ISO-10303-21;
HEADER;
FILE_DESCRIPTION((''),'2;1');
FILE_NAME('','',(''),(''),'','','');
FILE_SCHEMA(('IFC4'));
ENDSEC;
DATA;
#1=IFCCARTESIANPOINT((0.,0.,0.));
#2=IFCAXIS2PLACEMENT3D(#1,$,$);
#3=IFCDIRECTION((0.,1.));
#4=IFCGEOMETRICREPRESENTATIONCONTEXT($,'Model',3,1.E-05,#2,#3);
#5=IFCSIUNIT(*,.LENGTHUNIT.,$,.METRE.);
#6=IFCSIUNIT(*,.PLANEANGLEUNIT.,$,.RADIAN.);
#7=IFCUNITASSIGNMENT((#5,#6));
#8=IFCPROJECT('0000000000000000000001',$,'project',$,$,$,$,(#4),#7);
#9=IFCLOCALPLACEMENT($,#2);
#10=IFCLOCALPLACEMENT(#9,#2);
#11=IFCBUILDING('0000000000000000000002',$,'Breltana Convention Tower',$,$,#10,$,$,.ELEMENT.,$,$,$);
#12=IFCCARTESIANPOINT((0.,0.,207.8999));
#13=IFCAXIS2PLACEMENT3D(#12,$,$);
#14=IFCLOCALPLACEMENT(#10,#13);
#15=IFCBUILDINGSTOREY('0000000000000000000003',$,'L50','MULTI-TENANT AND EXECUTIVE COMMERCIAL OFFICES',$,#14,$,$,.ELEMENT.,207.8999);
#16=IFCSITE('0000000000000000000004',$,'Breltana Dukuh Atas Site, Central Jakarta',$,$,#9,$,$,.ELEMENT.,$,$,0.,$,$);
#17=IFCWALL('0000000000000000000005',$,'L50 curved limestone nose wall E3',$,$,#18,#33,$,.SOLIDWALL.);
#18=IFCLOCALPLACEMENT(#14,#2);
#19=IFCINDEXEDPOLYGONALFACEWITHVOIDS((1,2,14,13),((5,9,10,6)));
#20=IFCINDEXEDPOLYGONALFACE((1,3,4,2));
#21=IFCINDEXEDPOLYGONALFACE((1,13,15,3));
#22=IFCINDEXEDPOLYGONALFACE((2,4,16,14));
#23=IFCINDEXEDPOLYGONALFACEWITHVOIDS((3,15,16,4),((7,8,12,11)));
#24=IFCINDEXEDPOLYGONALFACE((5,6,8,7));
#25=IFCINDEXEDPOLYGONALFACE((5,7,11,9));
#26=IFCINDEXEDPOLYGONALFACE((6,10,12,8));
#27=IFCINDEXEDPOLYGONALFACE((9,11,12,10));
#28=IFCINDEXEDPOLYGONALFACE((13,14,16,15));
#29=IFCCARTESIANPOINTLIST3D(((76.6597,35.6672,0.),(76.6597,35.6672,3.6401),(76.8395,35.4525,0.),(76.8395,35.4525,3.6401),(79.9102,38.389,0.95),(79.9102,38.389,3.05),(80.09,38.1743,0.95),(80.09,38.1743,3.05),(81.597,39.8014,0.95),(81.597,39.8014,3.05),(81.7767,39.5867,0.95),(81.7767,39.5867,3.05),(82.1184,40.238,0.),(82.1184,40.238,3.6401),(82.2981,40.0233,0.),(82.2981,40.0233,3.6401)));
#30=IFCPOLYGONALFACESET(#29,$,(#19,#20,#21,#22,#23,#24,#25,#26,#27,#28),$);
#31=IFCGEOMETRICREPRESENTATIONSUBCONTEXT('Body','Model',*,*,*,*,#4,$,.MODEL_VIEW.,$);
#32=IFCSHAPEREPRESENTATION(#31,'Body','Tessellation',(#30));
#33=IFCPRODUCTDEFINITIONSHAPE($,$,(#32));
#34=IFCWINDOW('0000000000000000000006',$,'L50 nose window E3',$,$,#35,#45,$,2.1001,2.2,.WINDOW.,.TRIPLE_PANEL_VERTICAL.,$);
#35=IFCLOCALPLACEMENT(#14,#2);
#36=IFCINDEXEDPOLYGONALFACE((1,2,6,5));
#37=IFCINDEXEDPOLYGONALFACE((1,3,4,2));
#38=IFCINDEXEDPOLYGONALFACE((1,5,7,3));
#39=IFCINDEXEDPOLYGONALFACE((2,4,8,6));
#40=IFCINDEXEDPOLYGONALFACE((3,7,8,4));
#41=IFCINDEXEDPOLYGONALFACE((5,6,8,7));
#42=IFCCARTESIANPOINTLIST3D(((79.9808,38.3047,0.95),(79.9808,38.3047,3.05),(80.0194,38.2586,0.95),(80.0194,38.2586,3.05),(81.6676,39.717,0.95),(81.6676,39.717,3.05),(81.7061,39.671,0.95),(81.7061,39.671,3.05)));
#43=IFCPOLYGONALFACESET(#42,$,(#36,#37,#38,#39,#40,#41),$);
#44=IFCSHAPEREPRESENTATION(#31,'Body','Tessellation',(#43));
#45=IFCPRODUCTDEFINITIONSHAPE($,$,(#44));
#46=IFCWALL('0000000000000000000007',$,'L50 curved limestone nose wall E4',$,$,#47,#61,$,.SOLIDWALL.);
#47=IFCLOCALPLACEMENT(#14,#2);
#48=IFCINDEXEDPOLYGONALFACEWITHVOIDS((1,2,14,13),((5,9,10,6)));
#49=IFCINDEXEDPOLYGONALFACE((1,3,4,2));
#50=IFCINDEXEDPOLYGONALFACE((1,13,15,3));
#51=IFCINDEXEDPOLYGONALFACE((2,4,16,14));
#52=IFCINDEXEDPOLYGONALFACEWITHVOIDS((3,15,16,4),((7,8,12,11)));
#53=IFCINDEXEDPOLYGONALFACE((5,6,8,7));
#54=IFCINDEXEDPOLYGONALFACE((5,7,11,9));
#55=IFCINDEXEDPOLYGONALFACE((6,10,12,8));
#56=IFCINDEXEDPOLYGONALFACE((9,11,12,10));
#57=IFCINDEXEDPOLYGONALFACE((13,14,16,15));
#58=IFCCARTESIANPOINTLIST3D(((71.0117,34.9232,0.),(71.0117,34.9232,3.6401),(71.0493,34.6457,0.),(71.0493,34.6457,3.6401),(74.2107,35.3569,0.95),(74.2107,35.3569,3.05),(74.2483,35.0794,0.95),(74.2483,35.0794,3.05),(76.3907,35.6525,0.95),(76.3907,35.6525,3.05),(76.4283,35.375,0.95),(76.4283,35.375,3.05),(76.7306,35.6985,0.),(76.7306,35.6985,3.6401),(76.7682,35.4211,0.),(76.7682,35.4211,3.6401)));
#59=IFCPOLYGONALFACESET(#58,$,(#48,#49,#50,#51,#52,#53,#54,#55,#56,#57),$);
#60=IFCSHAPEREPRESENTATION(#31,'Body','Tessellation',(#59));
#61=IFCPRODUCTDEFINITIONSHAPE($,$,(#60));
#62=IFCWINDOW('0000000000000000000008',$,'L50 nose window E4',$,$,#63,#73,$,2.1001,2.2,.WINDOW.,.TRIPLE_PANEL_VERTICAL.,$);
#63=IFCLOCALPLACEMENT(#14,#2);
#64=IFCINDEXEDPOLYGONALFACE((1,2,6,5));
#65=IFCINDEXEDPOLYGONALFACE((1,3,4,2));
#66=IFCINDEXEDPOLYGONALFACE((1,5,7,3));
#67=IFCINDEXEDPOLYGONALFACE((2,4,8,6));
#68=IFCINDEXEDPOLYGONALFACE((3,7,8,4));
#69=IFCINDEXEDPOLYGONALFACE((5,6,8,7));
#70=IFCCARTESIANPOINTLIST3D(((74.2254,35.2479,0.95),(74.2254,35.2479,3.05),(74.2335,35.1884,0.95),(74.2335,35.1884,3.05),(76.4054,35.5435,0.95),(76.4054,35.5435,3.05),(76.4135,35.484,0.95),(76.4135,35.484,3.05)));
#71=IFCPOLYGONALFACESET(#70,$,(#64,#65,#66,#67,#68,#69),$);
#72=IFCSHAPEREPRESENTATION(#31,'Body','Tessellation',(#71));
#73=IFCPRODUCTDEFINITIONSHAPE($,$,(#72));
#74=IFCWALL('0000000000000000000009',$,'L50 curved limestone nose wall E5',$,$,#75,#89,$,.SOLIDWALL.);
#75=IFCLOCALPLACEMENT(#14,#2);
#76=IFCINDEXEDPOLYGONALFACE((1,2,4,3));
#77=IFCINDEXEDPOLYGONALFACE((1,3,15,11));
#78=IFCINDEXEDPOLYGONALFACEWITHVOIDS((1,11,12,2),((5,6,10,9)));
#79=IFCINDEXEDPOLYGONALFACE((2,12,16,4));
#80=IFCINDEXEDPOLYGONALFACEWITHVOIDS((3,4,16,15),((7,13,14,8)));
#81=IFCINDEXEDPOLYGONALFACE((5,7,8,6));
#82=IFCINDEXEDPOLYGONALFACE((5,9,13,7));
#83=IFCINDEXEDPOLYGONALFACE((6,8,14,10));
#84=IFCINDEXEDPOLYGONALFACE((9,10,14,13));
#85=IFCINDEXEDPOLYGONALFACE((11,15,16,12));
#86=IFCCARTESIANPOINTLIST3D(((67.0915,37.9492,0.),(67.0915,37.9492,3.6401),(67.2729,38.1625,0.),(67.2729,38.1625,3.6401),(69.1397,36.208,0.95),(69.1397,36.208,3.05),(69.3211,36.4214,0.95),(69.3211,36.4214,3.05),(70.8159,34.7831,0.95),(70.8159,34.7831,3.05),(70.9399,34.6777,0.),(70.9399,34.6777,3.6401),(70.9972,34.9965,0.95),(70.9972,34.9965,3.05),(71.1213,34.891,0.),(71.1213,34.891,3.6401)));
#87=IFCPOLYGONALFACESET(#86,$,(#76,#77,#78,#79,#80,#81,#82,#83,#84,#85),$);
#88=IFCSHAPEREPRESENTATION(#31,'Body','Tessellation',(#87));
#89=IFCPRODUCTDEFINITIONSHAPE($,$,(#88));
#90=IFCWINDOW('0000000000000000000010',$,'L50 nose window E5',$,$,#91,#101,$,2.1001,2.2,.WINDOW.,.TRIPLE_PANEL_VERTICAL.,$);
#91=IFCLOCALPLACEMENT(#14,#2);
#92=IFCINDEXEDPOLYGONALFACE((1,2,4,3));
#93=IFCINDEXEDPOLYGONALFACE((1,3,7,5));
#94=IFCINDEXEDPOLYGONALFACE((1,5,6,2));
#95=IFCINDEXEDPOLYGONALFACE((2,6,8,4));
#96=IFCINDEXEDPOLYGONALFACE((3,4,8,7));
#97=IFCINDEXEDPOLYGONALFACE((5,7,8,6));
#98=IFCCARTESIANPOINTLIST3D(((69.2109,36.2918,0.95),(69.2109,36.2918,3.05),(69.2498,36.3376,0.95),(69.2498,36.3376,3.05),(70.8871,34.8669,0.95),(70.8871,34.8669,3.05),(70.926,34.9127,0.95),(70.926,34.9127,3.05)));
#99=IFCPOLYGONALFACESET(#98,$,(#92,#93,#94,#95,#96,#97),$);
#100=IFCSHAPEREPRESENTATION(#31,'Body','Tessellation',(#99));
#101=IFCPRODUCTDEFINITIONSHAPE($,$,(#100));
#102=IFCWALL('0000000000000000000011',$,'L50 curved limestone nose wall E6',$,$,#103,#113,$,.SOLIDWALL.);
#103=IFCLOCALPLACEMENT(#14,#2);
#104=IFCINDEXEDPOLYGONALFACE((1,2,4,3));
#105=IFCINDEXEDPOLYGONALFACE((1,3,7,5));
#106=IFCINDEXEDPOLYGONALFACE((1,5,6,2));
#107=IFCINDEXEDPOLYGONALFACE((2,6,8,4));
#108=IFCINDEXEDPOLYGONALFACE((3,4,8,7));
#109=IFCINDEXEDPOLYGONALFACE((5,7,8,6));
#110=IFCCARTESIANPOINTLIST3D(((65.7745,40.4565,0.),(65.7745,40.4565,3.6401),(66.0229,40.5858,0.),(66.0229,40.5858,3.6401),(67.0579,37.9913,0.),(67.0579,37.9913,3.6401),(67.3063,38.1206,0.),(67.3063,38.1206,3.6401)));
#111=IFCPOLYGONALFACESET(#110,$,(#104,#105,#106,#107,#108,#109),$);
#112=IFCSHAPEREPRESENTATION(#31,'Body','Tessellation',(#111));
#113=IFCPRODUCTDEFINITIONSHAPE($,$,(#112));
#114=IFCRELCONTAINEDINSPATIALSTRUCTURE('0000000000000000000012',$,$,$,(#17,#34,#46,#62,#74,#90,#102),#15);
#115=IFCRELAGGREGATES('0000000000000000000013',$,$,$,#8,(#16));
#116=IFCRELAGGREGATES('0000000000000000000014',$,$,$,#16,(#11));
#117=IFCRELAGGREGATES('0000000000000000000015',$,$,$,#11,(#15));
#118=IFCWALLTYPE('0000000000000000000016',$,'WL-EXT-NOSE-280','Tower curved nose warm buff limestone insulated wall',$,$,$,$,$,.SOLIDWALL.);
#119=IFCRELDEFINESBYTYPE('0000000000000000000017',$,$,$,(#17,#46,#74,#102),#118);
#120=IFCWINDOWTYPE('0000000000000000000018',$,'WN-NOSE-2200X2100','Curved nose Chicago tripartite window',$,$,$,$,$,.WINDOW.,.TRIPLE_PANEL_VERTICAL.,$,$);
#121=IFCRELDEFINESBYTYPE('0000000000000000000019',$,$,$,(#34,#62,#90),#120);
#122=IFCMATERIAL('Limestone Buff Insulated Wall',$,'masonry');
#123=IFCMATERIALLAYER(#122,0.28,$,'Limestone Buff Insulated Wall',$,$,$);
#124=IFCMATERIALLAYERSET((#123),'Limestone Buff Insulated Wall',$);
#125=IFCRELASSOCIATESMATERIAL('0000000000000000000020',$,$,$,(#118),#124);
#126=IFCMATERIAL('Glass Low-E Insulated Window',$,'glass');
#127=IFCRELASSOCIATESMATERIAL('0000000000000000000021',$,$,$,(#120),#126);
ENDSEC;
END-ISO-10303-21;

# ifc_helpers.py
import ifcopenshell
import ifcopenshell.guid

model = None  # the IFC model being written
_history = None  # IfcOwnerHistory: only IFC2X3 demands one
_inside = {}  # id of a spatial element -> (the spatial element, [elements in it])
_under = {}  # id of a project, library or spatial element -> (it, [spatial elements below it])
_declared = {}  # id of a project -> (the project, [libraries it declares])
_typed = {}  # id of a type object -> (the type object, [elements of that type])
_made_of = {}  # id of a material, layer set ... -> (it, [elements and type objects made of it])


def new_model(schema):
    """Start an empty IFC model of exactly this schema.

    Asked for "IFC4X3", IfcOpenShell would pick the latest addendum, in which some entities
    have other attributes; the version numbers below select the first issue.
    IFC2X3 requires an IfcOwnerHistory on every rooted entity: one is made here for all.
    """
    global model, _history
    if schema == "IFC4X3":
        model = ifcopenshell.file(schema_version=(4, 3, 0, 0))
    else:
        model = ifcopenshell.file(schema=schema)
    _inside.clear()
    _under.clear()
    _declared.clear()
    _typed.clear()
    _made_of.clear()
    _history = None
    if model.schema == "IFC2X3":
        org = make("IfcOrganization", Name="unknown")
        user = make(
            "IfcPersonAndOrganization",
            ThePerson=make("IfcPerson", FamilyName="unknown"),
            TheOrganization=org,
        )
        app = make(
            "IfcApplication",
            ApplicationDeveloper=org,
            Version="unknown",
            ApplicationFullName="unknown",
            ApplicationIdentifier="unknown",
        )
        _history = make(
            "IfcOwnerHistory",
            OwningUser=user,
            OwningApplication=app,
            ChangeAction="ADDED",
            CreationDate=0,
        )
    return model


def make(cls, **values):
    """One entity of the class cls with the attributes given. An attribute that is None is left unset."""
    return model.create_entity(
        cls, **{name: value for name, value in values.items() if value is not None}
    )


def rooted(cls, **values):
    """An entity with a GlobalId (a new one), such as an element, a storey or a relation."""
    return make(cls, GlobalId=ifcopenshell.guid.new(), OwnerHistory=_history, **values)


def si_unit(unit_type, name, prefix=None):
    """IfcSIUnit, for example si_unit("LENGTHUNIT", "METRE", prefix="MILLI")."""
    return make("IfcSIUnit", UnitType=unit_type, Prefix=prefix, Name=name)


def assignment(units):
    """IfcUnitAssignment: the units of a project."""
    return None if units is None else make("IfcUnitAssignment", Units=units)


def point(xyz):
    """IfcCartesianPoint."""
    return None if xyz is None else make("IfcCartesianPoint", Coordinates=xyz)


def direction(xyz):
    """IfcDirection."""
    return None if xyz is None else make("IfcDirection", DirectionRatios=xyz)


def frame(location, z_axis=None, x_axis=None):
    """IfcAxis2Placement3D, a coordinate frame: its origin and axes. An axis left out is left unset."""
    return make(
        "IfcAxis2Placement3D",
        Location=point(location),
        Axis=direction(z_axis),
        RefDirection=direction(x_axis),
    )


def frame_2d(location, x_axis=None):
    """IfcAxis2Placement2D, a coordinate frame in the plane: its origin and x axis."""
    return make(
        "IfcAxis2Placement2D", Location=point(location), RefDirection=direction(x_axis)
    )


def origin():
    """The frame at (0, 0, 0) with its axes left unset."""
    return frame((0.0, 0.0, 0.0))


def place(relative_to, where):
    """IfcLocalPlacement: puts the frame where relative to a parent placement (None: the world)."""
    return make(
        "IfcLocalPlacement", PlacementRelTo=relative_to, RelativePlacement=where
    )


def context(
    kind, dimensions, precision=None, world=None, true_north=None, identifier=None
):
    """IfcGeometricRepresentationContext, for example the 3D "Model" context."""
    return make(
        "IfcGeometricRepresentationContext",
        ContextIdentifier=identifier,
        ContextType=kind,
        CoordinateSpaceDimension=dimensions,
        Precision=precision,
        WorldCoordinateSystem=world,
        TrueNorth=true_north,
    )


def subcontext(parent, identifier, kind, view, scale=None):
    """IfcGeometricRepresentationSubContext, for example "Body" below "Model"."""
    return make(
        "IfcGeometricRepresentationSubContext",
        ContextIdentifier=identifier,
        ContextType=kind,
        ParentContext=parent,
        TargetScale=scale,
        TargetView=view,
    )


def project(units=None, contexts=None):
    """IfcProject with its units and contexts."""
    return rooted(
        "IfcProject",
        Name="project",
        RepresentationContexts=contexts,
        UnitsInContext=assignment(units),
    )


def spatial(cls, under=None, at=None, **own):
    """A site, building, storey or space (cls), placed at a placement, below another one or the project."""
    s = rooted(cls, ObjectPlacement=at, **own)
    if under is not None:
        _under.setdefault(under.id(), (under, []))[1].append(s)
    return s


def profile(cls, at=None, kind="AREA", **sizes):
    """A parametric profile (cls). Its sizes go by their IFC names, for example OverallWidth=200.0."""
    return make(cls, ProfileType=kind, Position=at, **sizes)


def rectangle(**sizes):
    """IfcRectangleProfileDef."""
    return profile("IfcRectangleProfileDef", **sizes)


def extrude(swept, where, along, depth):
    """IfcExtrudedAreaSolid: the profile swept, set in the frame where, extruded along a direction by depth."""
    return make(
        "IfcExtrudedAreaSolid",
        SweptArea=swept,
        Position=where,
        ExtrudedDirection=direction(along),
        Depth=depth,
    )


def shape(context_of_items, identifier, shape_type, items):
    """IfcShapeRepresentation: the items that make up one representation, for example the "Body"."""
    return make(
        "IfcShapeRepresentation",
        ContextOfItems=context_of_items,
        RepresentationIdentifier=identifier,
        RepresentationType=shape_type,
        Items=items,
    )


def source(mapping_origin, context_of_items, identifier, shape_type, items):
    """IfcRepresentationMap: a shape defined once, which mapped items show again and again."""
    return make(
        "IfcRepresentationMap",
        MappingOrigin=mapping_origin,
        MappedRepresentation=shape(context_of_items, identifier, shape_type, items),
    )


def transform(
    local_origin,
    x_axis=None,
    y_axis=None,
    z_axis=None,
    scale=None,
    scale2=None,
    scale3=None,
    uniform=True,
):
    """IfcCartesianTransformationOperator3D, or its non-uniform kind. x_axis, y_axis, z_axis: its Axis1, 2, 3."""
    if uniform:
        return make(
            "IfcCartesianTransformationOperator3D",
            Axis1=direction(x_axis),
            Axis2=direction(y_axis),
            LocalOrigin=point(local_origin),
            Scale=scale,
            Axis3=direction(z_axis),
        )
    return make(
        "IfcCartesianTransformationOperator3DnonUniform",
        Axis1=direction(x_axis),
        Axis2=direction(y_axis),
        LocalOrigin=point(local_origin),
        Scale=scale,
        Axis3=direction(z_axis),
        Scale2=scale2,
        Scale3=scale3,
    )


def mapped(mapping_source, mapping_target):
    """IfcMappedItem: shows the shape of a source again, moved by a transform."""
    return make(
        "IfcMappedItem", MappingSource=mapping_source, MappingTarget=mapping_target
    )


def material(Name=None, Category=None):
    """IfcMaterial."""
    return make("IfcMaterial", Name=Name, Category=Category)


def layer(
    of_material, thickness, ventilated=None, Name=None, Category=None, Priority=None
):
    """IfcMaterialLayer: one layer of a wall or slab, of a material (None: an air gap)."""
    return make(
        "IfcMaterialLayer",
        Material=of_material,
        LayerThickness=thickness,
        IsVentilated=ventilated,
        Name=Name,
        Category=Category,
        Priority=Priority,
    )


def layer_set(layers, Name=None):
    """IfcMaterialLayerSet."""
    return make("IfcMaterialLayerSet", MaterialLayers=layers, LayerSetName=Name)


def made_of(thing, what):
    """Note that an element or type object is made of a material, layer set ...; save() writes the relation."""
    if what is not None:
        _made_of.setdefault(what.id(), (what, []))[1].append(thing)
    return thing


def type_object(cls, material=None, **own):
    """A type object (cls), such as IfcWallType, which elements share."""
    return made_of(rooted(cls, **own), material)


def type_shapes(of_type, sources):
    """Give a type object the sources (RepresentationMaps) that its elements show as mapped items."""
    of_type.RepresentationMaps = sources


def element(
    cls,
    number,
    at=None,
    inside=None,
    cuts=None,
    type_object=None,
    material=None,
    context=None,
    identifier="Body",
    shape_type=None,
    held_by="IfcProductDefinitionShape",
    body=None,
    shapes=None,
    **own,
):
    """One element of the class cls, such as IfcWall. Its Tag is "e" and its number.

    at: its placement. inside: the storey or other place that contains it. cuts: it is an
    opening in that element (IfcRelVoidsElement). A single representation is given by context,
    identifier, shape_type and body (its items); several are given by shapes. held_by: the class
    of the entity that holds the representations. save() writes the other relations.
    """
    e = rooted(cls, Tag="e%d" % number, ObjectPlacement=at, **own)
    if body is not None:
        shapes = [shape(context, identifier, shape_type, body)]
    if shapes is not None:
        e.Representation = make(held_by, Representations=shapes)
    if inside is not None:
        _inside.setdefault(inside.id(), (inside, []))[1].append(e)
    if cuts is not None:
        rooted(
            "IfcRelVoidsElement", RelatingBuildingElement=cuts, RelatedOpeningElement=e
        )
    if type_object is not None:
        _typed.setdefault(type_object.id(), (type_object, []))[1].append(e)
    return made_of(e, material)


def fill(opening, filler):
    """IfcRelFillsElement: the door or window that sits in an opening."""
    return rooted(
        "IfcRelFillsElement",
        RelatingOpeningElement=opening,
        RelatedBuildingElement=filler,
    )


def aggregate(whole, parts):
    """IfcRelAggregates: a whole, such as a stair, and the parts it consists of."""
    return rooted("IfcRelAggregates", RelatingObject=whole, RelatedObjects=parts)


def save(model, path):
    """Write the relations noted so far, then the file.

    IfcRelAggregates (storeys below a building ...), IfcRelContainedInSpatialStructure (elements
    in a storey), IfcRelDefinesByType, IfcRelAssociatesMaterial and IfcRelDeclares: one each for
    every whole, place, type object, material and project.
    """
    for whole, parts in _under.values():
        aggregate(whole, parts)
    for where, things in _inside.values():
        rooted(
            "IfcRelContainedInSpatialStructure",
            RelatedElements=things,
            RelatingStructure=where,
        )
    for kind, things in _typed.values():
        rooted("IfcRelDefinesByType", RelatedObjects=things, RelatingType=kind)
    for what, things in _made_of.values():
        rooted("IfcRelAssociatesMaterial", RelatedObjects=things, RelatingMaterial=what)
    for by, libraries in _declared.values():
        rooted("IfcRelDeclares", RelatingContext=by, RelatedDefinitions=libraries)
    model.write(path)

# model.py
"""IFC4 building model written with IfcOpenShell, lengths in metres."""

from ifc_helpers import new_model, si_unit, direction, frame, frame_2d, origin, place, context, subcontext, project, spatial, rectangle, extrude, source, transform, mapped, material, layer, layer_set, type_object, type_shapes, element, fill, save


model = new_model("IFC4")

# Units and contexts
model_context = context("Model", 3, precision=1e-05, world=origin(), true_north=direction((0.0, 1.0)))
body_context = subcontext(model_context, "Body", "Model", "MODEL_VIEW")
ifc_project = project(units=[si_unit("LENGTHUNIT", "METRE"), si_unit("PLANEANGLEUNIT", "RADIAN")], contexts=[model_context])

# Site, building, storey
site_placement = place(None, origin())
site = spatial("IfcSite", under=ifc_project, at=site_placement, Name="Breltana Dukuh Atas Site, Central Jakarta", CompositionType="ELEMENT", RefElevation=0.0)
building_placement = place(site_placement, origin())
building = spatial("IfcBuilding", under=site, at=building_placement, Name="Breltana Convention Tower", CompositionType="ELEMENT")
storey_placement = place(building_placement, frame((0.0, 0.0, 207.8999)))
storey = spatial("IfcBuildingStorey", under=building, at=storey_placement, Name="L50", Description="MULTI-TENANT AND EXECUTIVE COMMERCIAL OFFICES", CompositionType="ELEMENT", Elevation=207.8999)

# Walls, openings, windows
ifc_material_1 = material(Name="Limestone Buff Insulated Wall", Category="masonry")
ifc_layer_1 = layer(ifc_material_1, 0.28, Name="Limestone Buff Insulated Wall")
ifc_layer_set_1 = layer_set([ifc_layer_1], Name="Limestone Buff Insulated Wall")
wall_type = type_object("IfcWallType", Name="WL-EXT-NOSE-280", Description="Tower curved nose warm buff limestone insulated wall", PredefinedType="SOLIDWALL", material=ifc_layer_set_1)
shared_shape_1 = source(origin(), body_context, "Body", "SweptSolid", [
    extrude(rectangle(XDim=7.1196, YDim=0.28, at=frame_2d((3.5598, 0.0))), origin(), (0.0, 0.0, 1.0), 3.6401),
])
wall_1_placement = place(storey_placement, frame((82.2083, 40.1306, 0.0), z_axis=(0.0, 0.0, 1.0), x_axis=(-0.76671, -0.641994, 0.0)))
wall_1 = element("IfcWall", 1, at=wall_1_placement, inside=storey, type_object=wall_type, Name="L50 curved limestone nose wall E3", PredefinedType="SOLIDWALL", context=body_context, shape_type="MappedRepresentation", body=[
    mapped(shared_shape_1, transform((0.0, 0.0, 0.0), scale=1.0)),
])
opening_1_placement = place(wall_1_placement, frame((0.6799, 0.0, 0.95)))
opening_1 = element("IfcOpeningElement", 2, at=opening_1_placement, cuts=wall_1, PredefinedType="OPENING", context=body_context, shape_type="SweptSolid", body=[
    extrude(rectangle(XDim=2.2, YDim=2.1001, at=frame_2d((1.1001, 1.05))), frame((0.0, 0.1499, 0.0), z_axis=(0.0, -1.0, 0.0), x_axis=(1.0, 0.0, 0.0)), (0.0, 0.0, 1.0), 0.3),
])
ifc_material_2 = material(Name="Glass Low-E Insulated Window", Category="glass")
window_type = type_object("IfcWindowType", Name="WN-NOSE-2200X2100", Description="Curved nose Chicago tripartite window", PartitioningType="TRIPLE_PANEL_VERTICAL", PredefinedType="WINDOW", material=ifc_material_2)
shared_shape_2 = source(origin(), body_context, "Body", "SweptSolid", [
    extrude(rectangle(XDim=2.2, YDim=2.1001, at=frame_2d((1.1001, 1.05))), frame((0.0, 0.03, 0.0), z_axis=(0.0, -1.0, 0.0), x_axis=(1.0, 0.0, 0.0)), (0.0, 0.0, 1.0), 0.0601),
])
type_shapes(window_type, [shared_shape_2])
window_1_placement = place(opening_1_placement, origin())
window_1 = element("IfcWindow", 3, at=window_1_placement, inside=storey, type_object=window_type, Name="L50 nose window E3", OverallHeight=2.1001, OverallWidth=2.2, PartitioningType="TRIPLE_PANEL_VERTICAL", PredefinedType="WINDOW", context=body_context, shape_type="MappedRepresentation", body=[
    mapped(shared_shape_2, transform((0.0, 0.0, 0.0), scale=1.0)),
])
fill(opening_1, window_1)
shared_shape_3 = source(origin(), body_context, "Body", "SweptSolid", [
    extrude(rectangle(XDim=5.7712, YDim=0.28, at=frame_2d((2.8857, 0.0))), origin(), (0.0, 0.0, 1.0), 3.6401),
])
wall_2_placement = place(storey_placement, frame((76.7495, 35.5598, 0.0), z_axis=(0.0, 0.0, 1.0), x_axis=(-0.990934, -0.134352, 0.0)))
wall_2 = element("IfcWall", 4, at=wall_2_placement, inside=storey, type_object=wall_type, Name="L50 curved limestone nose wall E4", PredefinedType="SOLIDWALL", context=body_context, shape_type="MappedRepresentation", body=[
    mapped(shared_shape_3, transform((0.0, 0.0, 0.0), scale=1.0)),
])
opening_2_placement = place(wall_2_placement, frame((0.343, 0.0, 0.95)))
opening_2 = element("IfcOpeningElement", 5, at=opening_2_placement, cuts=wall_2, PredefinedType="OPENING", context=body_context, shape_type="SweptSolid", body=[
    extrude(rectangle(XDim=2.2, YDim=2.1001, at=frame_2d((1.1001, 1.05))), frame((0.0, 0.1499, 0.0), z_axis=(0.0, -1.0, 0.0), x_axis=(1.0, 0.0, 0.0)), (0.0, 0.0, 1.0), 0.3),
])
window_2_placement = place(opening_2_placement, origin())
window_2 = element("IfcWindow", 6, at=window_2_placement, inside=storey, type_object=window_type, Name="L50 nose window E4", OverallHeight=2.1001, OverallWidth=2.2, PartitioningType="TRIPLE_PANEL_VERTICAL", PredefinedType="WINDOW", context=body_context, shape_type="MappedRepresentation", body=[
    mapped(shared_shape_2, transform((0.0, 0.0, 0.0), scale=1.0)),
])
fill(opening_2, window_2)
shared_shape_4 = source(origin(), body_context, "Body", "SweptSolid", [
    extrude(rectangle(XDim=5.051, YDim=0.28, at=frame_2d((2.5254, 0.0))), origin(), (0.0, 0.0, 1.0), 3.6401),
])
wall_3_placement = place(storey_placement, frame((71.0305, 34.7844, 0.0), z_axis=(0.0, 0.0, 1.0), x_axis=(-0.761905, 0.647689, 0.0)))
wall_3 = element("IfcWall", 7, at=wall_3_placement, inside=storey, type_object=wall_type, Name="L50 curved limestone nose wall E5", PredefinedType="SOLIDWALL", context=body_context, shape_type="MappedRepresentation", body=[
    mapped(shared_shape_4, transform((0.0, 0.0, 0.0), scale=1.0)),
])
opening_3_placement = place(wall_3_placement, frame((0.1626, 0.0, 0.95)))
opening_3 = element("IfcOpeningElement", 8, at=opening_3_placement, cuts=wall_3, PredefinedType="OPENING", context=body_context, shape_type="SweptSolid", body=[
    extrude(rectangle(XDim=2.2, YDim=2.1001, at=frame_2d((1.1001, 1.05))), frame((0.0, 0.1499, 0.0), z_axis=(0.0, -1.0, 0.0), x_axis=(1.0, 0.0, 0.0)), (0.0, 0.0, 1.0), 0.3),
])
window_3_placement = place(opening_3_placement, origin())
window_3 = element("IfcWindow", 9, at=window_3_placement, inside=storey, type_object=window_type, Name="L50 nose window E5", OverallHeight=2.1001, OverallWidth=2.2, PartitioningType="TRIPLE_PANEL_VERTICAL", PredefinedType="WINDOW", context=body_context, shape_type="MappedRepresentation", body=[
    mapped(shared_shape_2, transform((0.0, 0.0, 0.0), scale=1.0)),
])
fill(opening_3, window_3)

# Wall
shared_shape_5 = source(origin(), body_context, "Body", "SweptSolid", [
    extrude(rectangle(XDim=2.7793, YDim=0.28, at=frame_2d((1.3896, 0.0))), origin(), (0.0, 0.0, 1.0), 3.6401),
])
wall_4_placement = place(storey_placement, frame((67.1821, 38.0559, 0.0), z_axis=(0.0, 0.0, 1.0), x_axis=(-0.46177, 0.887, 0.0)))
element("IfcWall", 10, at=wall_4_placement, inside=storey, type_object=wall_type, Name="L50 curved limestone nose wall E6", PredefinedType="SOLIDWALL", context=body_context, shape_type="MappedRepresentation", body=[
    mapped(shared_shape_5, transform((0.0, 0.0, 0.0), scale=1.0)),
])

save(model, "model.ifc")
